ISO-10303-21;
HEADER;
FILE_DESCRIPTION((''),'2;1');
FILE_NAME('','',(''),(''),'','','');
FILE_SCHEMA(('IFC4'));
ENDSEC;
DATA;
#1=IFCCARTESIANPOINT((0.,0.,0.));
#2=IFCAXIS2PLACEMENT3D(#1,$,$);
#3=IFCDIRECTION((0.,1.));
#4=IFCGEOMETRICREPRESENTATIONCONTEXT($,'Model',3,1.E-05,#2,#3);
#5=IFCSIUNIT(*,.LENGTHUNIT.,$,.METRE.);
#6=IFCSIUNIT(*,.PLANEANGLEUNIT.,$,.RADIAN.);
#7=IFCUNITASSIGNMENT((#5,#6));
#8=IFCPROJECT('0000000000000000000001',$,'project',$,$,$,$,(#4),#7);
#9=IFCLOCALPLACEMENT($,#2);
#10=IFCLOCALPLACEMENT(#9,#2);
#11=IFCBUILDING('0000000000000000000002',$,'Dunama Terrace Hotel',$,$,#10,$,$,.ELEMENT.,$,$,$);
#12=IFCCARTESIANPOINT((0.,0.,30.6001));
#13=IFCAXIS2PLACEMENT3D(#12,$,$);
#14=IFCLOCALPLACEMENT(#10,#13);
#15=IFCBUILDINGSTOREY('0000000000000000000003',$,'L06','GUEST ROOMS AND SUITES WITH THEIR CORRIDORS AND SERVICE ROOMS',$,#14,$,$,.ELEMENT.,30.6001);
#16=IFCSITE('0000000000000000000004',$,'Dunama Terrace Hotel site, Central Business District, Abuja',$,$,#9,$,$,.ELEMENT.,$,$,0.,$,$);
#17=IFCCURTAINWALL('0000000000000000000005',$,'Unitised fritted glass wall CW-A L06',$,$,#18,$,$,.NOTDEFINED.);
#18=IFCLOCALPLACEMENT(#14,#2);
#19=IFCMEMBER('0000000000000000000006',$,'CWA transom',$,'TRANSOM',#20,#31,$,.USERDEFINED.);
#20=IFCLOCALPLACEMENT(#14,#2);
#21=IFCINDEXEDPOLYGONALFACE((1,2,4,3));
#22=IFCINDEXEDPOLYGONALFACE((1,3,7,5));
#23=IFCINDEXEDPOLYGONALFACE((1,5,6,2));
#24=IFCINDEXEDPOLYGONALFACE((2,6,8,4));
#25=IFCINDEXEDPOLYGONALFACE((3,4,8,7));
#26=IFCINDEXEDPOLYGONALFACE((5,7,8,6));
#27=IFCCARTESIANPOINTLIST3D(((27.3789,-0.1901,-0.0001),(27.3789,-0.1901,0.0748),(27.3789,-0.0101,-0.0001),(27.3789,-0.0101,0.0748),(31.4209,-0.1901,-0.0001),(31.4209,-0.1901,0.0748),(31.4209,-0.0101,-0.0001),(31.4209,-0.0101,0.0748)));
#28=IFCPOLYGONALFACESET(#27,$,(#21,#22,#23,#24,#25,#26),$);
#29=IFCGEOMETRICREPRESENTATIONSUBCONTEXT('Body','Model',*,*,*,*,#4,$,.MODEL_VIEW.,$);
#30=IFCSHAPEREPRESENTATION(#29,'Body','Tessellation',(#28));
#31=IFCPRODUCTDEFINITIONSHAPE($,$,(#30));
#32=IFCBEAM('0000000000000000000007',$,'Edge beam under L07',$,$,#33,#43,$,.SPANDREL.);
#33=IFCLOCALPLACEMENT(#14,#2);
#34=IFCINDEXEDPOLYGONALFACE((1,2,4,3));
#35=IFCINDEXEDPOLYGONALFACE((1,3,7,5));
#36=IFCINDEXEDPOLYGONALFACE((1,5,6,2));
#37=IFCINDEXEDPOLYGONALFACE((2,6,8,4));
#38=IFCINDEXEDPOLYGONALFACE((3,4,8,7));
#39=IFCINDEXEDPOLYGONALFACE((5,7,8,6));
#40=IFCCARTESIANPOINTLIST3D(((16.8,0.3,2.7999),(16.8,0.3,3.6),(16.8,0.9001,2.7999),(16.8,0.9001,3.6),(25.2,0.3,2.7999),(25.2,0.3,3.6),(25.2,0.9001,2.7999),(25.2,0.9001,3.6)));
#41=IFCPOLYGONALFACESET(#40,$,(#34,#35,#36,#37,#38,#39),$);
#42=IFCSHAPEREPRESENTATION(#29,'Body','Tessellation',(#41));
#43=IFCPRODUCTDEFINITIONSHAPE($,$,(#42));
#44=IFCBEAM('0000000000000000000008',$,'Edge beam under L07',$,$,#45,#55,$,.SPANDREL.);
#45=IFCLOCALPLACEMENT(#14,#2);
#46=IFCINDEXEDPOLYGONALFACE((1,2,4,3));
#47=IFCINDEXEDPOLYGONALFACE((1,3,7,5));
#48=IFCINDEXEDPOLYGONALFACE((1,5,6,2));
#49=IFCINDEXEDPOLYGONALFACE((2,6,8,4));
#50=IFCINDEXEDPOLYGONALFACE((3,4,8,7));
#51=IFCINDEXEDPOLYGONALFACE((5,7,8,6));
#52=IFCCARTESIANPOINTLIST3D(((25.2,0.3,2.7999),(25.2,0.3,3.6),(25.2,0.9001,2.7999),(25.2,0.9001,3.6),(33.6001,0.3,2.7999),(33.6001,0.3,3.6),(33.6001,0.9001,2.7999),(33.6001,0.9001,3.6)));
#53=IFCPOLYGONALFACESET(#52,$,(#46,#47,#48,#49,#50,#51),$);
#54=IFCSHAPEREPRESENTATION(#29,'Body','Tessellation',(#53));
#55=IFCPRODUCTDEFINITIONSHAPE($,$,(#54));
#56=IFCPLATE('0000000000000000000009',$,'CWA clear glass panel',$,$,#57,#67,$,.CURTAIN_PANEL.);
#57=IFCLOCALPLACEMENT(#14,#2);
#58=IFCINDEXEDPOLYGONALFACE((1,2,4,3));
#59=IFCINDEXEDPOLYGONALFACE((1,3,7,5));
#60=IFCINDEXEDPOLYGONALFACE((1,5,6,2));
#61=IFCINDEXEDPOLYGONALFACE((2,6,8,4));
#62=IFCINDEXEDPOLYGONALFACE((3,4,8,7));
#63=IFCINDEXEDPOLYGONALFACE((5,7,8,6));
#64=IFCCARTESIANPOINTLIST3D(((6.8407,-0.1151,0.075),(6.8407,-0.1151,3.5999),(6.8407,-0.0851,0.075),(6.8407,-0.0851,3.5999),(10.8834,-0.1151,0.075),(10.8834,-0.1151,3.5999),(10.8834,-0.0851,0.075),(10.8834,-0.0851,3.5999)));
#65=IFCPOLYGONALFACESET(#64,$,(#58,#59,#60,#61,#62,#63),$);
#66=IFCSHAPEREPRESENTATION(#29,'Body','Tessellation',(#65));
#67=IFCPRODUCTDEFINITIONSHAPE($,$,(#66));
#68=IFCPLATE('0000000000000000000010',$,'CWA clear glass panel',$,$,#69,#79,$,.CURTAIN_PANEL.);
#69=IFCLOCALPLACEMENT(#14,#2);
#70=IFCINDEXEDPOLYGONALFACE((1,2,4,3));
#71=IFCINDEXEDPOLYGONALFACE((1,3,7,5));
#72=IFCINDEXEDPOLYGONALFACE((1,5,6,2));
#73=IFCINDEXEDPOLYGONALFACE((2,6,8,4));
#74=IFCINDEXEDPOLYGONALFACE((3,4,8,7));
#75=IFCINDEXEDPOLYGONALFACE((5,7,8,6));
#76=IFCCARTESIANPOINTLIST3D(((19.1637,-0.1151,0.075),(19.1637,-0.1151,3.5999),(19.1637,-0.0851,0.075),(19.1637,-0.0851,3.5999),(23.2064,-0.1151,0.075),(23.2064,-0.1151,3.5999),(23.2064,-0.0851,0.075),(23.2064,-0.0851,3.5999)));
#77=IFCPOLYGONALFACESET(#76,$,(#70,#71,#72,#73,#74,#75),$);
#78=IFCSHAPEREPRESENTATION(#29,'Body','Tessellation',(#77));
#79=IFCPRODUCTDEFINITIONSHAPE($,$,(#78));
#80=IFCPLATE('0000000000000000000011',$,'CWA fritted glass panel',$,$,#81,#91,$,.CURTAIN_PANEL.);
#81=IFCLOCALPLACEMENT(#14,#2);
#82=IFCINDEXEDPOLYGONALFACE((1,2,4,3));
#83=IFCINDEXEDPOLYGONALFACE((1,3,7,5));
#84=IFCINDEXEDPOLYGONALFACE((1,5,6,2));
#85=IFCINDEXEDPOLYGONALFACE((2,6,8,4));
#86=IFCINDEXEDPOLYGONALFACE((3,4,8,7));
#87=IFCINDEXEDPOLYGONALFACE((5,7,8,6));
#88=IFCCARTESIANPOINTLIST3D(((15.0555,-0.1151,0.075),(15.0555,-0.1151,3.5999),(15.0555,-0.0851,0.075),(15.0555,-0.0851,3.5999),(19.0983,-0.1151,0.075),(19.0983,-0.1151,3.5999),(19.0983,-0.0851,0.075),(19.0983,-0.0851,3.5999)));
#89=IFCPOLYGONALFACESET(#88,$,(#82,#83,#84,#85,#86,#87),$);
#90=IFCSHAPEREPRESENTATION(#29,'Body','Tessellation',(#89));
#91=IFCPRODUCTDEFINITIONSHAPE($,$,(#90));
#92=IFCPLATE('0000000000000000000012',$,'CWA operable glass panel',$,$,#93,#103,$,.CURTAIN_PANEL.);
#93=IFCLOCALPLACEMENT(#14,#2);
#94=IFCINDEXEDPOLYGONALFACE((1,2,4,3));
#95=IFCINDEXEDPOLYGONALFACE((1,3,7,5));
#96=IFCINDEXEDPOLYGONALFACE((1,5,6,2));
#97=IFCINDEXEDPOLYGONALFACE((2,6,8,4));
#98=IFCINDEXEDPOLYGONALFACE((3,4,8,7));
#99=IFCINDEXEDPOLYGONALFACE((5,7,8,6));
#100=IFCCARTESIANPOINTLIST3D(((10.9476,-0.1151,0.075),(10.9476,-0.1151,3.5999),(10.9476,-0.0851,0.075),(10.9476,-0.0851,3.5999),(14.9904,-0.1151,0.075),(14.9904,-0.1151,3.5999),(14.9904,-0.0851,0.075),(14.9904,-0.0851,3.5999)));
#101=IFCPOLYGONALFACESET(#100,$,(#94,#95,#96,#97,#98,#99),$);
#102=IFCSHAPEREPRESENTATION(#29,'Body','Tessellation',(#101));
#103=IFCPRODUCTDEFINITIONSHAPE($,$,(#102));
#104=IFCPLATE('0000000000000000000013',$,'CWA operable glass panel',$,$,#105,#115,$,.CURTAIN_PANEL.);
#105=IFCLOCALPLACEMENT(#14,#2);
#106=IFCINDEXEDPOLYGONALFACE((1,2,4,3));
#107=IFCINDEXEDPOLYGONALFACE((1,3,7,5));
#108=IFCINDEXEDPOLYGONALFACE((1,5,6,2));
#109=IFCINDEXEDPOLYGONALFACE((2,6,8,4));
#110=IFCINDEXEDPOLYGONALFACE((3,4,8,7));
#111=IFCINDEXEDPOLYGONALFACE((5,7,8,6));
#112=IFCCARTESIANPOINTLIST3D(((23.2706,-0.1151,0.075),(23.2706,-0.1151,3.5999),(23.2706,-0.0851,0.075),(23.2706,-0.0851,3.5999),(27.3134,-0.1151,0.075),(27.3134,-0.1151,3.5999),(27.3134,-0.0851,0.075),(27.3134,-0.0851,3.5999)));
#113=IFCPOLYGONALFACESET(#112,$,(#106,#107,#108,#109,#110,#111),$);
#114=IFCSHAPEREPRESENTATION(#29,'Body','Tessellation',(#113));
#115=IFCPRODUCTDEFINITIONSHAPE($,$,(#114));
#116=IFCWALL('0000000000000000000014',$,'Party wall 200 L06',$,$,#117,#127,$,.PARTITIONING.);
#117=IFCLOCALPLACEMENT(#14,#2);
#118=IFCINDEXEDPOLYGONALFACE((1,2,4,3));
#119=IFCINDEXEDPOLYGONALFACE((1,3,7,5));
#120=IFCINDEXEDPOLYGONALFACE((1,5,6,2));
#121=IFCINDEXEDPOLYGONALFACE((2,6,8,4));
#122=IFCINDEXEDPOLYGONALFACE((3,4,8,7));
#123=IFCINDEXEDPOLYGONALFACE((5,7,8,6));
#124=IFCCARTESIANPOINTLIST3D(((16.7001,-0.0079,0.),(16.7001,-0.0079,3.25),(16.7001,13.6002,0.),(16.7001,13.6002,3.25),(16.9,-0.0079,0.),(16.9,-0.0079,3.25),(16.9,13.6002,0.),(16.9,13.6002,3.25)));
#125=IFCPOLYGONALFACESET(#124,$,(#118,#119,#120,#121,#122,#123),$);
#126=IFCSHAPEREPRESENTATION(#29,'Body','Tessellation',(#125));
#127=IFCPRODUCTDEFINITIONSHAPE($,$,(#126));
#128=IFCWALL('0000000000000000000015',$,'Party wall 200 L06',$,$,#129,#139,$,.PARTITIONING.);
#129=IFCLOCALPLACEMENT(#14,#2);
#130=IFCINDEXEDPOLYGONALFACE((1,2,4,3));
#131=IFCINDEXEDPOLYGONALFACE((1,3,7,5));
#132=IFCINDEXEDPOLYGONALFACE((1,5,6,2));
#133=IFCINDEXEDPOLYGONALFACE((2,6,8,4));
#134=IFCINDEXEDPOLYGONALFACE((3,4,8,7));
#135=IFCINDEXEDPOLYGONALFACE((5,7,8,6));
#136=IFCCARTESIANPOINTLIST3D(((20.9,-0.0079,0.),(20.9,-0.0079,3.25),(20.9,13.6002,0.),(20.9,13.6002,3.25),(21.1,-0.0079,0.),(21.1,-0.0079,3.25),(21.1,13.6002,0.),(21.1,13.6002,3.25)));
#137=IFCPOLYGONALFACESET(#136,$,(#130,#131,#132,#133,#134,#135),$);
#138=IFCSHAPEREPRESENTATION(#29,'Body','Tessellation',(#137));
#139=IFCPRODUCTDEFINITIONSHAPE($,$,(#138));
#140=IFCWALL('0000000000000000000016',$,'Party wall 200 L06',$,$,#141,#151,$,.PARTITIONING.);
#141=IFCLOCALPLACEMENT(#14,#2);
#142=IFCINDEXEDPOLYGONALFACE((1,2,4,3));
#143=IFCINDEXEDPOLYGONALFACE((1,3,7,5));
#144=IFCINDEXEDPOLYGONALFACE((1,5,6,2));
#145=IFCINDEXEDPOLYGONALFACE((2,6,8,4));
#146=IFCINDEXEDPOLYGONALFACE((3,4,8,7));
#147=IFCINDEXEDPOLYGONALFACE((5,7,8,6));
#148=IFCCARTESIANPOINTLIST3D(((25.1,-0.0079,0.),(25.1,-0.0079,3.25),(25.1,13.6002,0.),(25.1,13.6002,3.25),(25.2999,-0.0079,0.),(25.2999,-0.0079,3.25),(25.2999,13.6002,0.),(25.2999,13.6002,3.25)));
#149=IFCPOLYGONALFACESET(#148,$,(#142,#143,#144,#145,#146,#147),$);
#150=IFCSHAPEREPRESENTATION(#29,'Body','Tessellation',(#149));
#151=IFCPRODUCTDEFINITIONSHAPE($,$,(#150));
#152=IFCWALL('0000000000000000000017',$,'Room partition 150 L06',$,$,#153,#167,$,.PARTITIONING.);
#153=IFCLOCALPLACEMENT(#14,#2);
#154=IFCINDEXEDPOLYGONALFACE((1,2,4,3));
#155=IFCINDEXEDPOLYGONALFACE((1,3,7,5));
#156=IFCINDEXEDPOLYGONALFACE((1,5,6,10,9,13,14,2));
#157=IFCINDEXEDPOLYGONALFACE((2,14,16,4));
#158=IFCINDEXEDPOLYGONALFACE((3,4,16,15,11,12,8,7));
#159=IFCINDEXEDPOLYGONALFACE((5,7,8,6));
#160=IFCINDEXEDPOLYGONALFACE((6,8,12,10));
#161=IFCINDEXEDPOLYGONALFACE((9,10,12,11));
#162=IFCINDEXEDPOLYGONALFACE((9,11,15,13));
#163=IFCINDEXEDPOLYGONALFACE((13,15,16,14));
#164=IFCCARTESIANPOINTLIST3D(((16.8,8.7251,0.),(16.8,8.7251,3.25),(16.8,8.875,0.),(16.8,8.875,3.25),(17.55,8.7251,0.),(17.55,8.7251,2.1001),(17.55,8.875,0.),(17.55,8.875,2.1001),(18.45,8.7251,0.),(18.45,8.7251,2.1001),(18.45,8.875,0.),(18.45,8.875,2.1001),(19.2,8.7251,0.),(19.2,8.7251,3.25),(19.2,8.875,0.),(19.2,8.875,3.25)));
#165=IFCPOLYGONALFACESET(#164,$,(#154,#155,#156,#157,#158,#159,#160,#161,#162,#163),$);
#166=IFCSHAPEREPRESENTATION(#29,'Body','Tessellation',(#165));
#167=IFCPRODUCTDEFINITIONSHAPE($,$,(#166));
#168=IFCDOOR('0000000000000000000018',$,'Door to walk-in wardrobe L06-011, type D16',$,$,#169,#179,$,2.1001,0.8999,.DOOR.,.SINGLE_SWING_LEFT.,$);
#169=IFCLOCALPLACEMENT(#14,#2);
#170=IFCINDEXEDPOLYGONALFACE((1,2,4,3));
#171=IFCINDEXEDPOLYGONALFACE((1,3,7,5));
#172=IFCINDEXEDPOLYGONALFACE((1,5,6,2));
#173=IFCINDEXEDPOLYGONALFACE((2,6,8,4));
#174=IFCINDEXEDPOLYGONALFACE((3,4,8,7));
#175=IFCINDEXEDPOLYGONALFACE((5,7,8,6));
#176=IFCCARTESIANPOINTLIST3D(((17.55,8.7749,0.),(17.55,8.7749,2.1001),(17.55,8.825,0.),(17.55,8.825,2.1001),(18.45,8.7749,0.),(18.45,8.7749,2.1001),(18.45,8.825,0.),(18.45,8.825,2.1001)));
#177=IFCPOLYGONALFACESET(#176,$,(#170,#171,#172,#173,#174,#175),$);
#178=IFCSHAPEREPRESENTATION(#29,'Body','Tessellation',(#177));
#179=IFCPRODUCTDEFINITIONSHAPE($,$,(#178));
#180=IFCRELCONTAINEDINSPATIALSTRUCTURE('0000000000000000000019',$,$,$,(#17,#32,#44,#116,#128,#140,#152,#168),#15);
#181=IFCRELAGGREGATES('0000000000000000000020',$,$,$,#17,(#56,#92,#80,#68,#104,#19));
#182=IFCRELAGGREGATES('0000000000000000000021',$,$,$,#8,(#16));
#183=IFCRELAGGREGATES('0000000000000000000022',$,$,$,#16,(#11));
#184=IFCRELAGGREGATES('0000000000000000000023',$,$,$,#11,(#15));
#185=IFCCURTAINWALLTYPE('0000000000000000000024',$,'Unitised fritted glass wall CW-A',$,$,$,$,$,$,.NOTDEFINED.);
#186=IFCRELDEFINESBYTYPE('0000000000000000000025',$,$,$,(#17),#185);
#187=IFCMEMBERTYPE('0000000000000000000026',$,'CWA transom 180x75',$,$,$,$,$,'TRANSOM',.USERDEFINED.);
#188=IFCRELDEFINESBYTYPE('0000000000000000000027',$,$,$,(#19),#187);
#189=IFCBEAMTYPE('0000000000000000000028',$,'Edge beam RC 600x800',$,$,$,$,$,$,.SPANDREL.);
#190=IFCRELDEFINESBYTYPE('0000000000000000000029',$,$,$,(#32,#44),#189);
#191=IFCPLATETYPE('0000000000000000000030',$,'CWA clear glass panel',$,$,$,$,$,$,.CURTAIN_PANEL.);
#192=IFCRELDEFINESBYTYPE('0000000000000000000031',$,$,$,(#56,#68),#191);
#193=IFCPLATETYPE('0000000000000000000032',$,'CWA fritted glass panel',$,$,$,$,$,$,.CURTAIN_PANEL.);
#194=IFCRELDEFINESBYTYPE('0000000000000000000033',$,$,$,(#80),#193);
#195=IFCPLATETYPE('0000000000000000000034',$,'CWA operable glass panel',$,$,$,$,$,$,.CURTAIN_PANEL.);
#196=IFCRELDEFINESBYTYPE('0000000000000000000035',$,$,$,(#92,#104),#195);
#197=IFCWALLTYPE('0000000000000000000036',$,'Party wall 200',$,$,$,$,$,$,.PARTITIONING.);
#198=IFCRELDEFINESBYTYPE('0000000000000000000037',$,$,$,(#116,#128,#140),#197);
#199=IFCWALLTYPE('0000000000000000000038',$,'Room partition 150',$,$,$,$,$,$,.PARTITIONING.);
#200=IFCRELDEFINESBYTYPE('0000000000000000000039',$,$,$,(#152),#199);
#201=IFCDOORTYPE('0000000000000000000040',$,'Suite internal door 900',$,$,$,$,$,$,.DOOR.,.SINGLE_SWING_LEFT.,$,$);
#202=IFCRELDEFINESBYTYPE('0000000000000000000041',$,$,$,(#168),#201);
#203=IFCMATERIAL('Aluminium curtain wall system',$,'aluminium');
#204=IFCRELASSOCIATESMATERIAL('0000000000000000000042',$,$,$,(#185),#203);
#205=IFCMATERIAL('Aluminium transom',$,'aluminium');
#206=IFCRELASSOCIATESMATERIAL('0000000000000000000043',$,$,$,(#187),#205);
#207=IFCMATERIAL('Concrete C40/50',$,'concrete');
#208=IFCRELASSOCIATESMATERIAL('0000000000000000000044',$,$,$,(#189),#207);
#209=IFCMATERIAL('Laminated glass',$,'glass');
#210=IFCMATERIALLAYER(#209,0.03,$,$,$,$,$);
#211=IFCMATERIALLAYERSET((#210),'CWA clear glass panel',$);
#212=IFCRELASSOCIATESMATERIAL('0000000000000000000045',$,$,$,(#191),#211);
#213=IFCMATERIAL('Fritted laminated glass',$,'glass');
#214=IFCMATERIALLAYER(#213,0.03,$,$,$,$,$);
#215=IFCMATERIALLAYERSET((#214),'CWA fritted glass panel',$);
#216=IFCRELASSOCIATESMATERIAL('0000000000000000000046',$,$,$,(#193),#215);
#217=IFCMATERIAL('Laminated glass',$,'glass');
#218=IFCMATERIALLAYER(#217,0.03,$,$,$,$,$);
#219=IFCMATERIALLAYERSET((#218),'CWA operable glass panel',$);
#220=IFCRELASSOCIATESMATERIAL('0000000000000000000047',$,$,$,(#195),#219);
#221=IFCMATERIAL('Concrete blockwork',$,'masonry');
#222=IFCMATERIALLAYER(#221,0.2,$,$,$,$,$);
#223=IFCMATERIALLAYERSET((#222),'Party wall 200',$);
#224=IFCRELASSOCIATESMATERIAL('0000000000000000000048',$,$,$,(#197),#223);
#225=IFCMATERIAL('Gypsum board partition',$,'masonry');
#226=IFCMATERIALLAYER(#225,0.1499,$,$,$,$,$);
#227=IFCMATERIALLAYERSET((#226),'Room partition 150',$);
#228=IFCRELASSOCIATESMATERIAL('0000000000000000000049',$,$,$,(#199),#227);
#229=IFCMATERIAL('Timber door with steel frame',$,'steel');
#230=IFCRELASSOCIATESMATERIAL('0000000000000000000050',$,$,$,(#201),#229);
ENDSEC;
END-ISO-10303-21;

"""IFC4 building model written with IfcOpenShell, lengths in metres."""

from ifc_helpers import new_model, si_unit, direction, frame, frame_2d, origin, origin_2d, place, context, subcontext, project, spatial, rectangle, extrude, material, layer, layer_set, material_profile, profile_set, type_object, element, fill, aggregate, save


model = new_model("IFC4")

# Units and contexts
model_context = context("Model", 3, precision=1e-05, world=origin(), true_north=direction((0.0, 1.0)))
body_context = subcontext(model_context, "Body", "Model", "MODEL_VIEW")
ifc_project = project(units=[si_unit("LENGTHUNIT", "METRE"), si_unit("PLANEANGLEUNIT", "RADIAN")], contexts=[model_context])

# Site, building, storey
site_placement = place(None, origin())
site = spatial("IfcSite", under=ifc_project, at=site_placement, Name="Dunama Terrace Hotel site, Central Business District, Abuja", CompositionType="ELEMENT", RefElevation=0.0)
building_placement = place(site_placement, origin())
building = spatial("IfcBuilding", under=site, at=building_placement, Name="Dunama Terrace Hotel", CompositionType="ELEMENT")
storey_placement = place(building_placement, frame((0.0, 0.0, 30.6001)))
storey = spatial("IfcBuildingStorey", under=building, at=storey_placement, Name="L06", Description="GUEST ROOMS AND SUITES WITH THEIR CORRIDORS AND SERVICE ROOMS", CompositionType="ELEMENT", Elevation=30.6001)

# Curtain wall, member
ifc_material_1 = material(Name="Aluminium curtain wall system", Category="aluminium")
curtain_wall_type = type_object("IfcCurtainWallType", Name="Unitised fritted glass wall CW-A", PredefinedType="NOTDEFINED", material=ifc_material_1)
curtain_wall_placement = place(storey_placement, origin())
curtain_wall = element("IfcCurtainWall", 1, at=curtain_wall_placement, inside=storey, type_object=curtain_wall_type, Name="Unitised fritted glass wall CW-A L06", PredefinedType="NOTDEFINED")
ifc_material_2 = material(Name="Aluminium transom", Category="aluminium")
ifc_material_profile_1 = material_profile(ifc_material_2, rectangle(XDim=0.1799, YDim=0.075, at=origin_2d()), Name="CWA TRANSOM 180X75")
ifc_profile_set_1 = profile_set([ifc_material_profile_1], Name="Aluminium transom")
member_type_1 = type_object("IfcMemberType", Name="CWA transom 180x75", ElementType="TRANSOM", PredefinedType="USERDEFINED", material=ifc_profile_set_1)
member_1_placement = place(storey_placement, frame((27.3789, -0.1001, 0.0374), z_axis=(1.0, 0.0, 0.0), x_axis=(0.0, 1.0, 0.0)))
member_1 = element("IfcMember", 2, at=member_1_placement, type_object=member_type_1, Name="CWA transom", ObjectType="TRANSOM", PredefinedType="USERDEFINED", context=body_context, shape_type="SweptSolid", body=[
    extrude(rectangle(XDim=0.1799, YDim=0.075, at=origin_2d()), origin(), (0.0, 0.0, 1.0), 4.042),
])

# Beams
ifc_material_3 = material(Name="Concrete C40/50", Category="concrete")
ifc_material_profile_2 = material_profile(ifc_material_3, rectangle(XDim=0.6001, YDim=0.8, at=origin_2d()), Name="RC 600x800")
ifc_profile_set_2 = profile_set([ifc_material_profile_2], Name="Concrete C40/50")
beam_type = type_object("IfcBeamType", Name="Edge beam RC 600x800", PredefinedType="SPANDREL", material=ifc_profile_set_2)
beam_1_placement = place(storey_placement, frame((16.8, 0.6001, 3.2), z_axis=(1.0, 0.0, 0.0), x_axis=(0.0, 1.0, 0.0)))
element("IfcBeam", 3, at=beam_1_placement, inside=storey, type_object=beam_type, Name="Edge beam under L07", PredefinedType="SPANDREL", context=body_context, shape_type="SweptSolid", body=[
    extrude(rectangle(XDim=0.6001, YDim=0.8, at=origin_2d()), origin(), (0.0, 0.0, 1.0), 8.3999),
])
beam_2_placement = place(storey_placement, frame((25.2, 0.6001, 3.2), z_axis=(1.0, 0.0, 0.0), x_axis=(0.0, 1.0, 0.0)))
element("IfcBeam", 4, at=beam_2_placement, inside=storey, type_object=beam_type, Name="Edge beam under L07", PredefinedType="SPANDREL", context=body_context, shape_type="SweptSolid", body=[
    extrude(rectangle(XDim=0.6001, YDim=0.8, at=origin_2d()), origin(), (0.0, 0.0, 1.0), 8.4001),
])

# Plates
ifc_material_4 = material(Name="Laminated glass", Category="glass")
ifc_layer_1 = layer(ifc_material_4, 0.03)
ifc_layer_set_1 = layer_set([ifc_layer_1], Name="CWA clear glass panel")
plate_type_1 = type_object("IfcPlateType", Name="CWA clear glass panel", PredefinedType="CURTAIN_PANEL", material=ifc_layer_set_1)
plate_1_placement = place(storey_placement, frame((8.8621, -0.1001, 0.075), z_axis=(0.0, 0.0, 1.0), x_axis=(1.0, 0.0, 0.0)))
plate_1 = element("IfcPlate", 5, at=plate_1_placement, type_object=plate_type_1, Name="CWA clear glass panel", PredefinedType="CURTAIN_PANEL", context=body_context, shape_type="SweptSolid", body=[
    extrude(rectangle(XDim=4.0427, YDim=0.03, at=origin_2d()), origin(), (0.0, 0.0, 1.0), 3.5249),
])
plate_2_placement = place(storey_placement, frame((21.1851, -0.1001, 0.075), z_axis=(0.0, 0.0, 1.0), x_axis=(1.0, 0.0, 0.0)))
plate_2 = element("IfcPlate", 6, at=plate_2_placement, type_object=plate_type_1, Name="CWA clear glass panel", PredefinedType="CURTAIN_PANEL", context=body_context, shape_type="SweptSolid", body=[
    extrude(rectangle(XDim=4.0427, YDim=0.03, at=origin_2d()), origin(), (0.0, 0.0, 1.0), 3.5249),
])
ifc_material_5 = material(Name="Fritted laminated glass", Category="glass")
ifc_layer_2 = layer(ifc_material_5, 0.03)
ifc_layer_set_2 = layer_set([ifc_layer_2], Name="CWA fritted glass panel")
plate_type_2 = type_object("IfcPlateType", Name="CWA fritted glass panel", PredefinedType="CURTAIN_PANEL", material=ifc_layer_set_2)
plate_3_placement = place(storey_placement, frame((17.0769, -0.1001, 0.075), z_axis=(0.0, 0.0, 1.0), x_axis=(1.0, 0.0, 0.0)))
plate_3 = element("IfcPlate", 7, at=plate_3_placement, type_object=plate_type_2, Name="CWA fritted glass panel", PredefinedType="CURTAIN_PANEL", context=body_context, shape_type="SweptSolid", body=[
    extrude(rectangle(XDim=4.0427, YDim=0.03, at=origin_2d()), origin(), (0.0, 0.0, 1.0), 3.5249),
])
ifc_material_6 = material(Name="Laminated glass", Category="glass")
ifc_layer_3 = layer(ifc_material_6, 0.03)
ifc_layer_set_3 = layer_set([ifc_layer_3], Name="CWA operable glass panel")
plate_type_3 = type_object("IfcPlateType", Name="CWA operable glass panel", PredefinedType="CURTAIN_PANEL", material=ifc_layer_set_3)
plate_4_placement = place(storey_placement, frame((12.969, -0.1001, 0.075), z_axis=(0.0, 0.0, 1.0), x_axis=(1.0, 0.0, 0.0)))
plate_4 = element("IfcPlate", 8, at=plate_4_placement, type_object=plate_type_3, Name="CWA operable glass panel", PredefinedType="CURTAIN_PANEL", context=body_context, shape_type="SweptSolid", body=[
    extrude(rectangle(XDim=4.0427, YDim=0.03, at=origin_2d()), origin(), (0.0, 0.0, 1.0), 3.5249),
])
plate_5_placement = place(storey_placement, frame((25.292, -0.1001, 0.075), z_axis=(0.0, 0.0, 1.0), x_axis=(1.0, 0.0, 0.0)))
plate_5 = element("IfcPlate", 9, at=plate_5_placement, type_object=plate_type_3, Name="CWA operable glass panel", PredefinedType="CURTAIN_PANEL", context=body_context, shape_type="SweptSolid", body=[
    extrude(rectangle(XDim=4.0427, YDim=0.03, at=origin_2d()), origin(), (0.0, 0.0, 1.0), 3.5249),
])
aggregate(curtain_wall, [plate_1, plate_4, plate_3, plate_2, plate_5, member_1])

# Walls
ifc_material_7 = material(Name="Concrete blockwork", Category="masonry")
ifc_layer_4 = layer(ifc_material_7, 0.2)
ifc_layer_set_4 = layer_set([ifc_layer_4], Name="Party wall 200")
wall_type_1 = type_object("IfcWallType", Name="Party wall 200", PredefinedType="PARTITIONING", material=ifc_layer_set_4)
for number, where, z_axis, x_axis, name in (
    (10, (16.8, -0.0081, 0.0), (0.0, 0.0, 1.0), (0.0, 1.0, 0.0), "Party wall 200 L06"),
    (11, (21.0, -0.0081, 0.0), (0.0, 0.0, 1.0), (0.0, 1.0, 0.0), "Party wall 200 L06"),
    (12, (25.2, -0.0081, 0.0), (0.0, 0.0, 1.0), (0.0, 1.0, 0.0), "Party wall 200 L06"),
):
    element("IfcWall", number, at=place(storey_placement, frame(where, z_axis=z_axis, x_axis=x_axis)), inside=storey, type_object=wall_type_1, Name=name, PredefinedType="PARTITIONING", context=body_context, shape_type="SweptSolid", body=[
        extrude(rectangle(XDim=13.6082, YDim=0.2, at=frame_2d((6.8042, 0.0))), origin(), (0.0, 0.0, 1.0), 3.25),
    ])

# Wall, opening, door
ifc_material_8 = material(Name="Gypsum board partition", Category="masonry")
ifc_layer_5 = layer(ifc_material_8, 0.1499)
ifc_layer_set_5 = layer_set([ifc_layer_5], Name="Room partition 150")
wall_type_2 = type_object("IfcWallType", Name="Room partition 150", PredefinedType="PARTITIONING", material=ifc_layer_set_5)
wall_placement = place(storey_placement, frame((16.8, 8.8, 0.0), z_axis=(0.0, 0.0, 1.0), x_axis=(1.0, 0.0, 0.0)))
wall = element("IfcWall", 13, at=wall_placement, inside=storey, type_object=wall_type_2, Name="Room partition 150 L06", PredefinedType="PARTITIONING", context=body_context, shape_type="SweptSolid", body=[
    extrude(rectangle(XDim=2.3999, YDim=0.1499, at=frame_2d((1.2, 0.0))), origin(), (0.0, 0.0, 1.0), 3.25),
])
opening_placement = place(wall_placement, frame((0.75, 0.0, 0.0)))
opening = element("IfcOpeningElement", 14, at=opening_placement, cuts=wall, PredefinedType="OPENING", context=body_context, shape_type="SweptSolid", body=[
    extrude(rectangle(XDim=0.8999, YDim=2.1001, at=frame_2d((0.45, 1.05))), frame((0.0, 0.085, 0.0), z_axis=(0.0, -1.0, 0.0), x_axis=(1.0, 0.0, 0.0)), (0.0, 0.0, 1.0), 0.1699),
])
ifc_material_9 = material(Name="Timber door with steel frame", Category="steel")
door_type = type_object("IfcDoorType", Name="Suite internal door 900", OperationType="SINGLE_SWING_LEFT", PredefinedType="DOOR", material=ifc_material_9)
door_placement = place(opening_placement, origin())
door = element("IfcDoor", 15, at=door_placement, inside=storey, type_object=door_type, Name="Door to walk-in wardrobe L06-011, type D16", OperationType="SINGLE_SWING_LEFT", OverallHeight=2.1001, OverallWidth=0.8999, PredefinedType="DOOR", context=body_context, shape_type="SweptSolid", body=[
    extrude(rectangle(XDim=0.8999, YDim=2.1001, at=frame_2d((0.45, 1.05))), frame((0.0, 0.0249, 0.0), z_axis=(0.0, -1.0, 0.0), x_axis=(1.0, 0.0, 0.0)), (0.0, 0.0, 1.0), 0.05),
])
fill(opening, door)

save(model, "model.ifc")
